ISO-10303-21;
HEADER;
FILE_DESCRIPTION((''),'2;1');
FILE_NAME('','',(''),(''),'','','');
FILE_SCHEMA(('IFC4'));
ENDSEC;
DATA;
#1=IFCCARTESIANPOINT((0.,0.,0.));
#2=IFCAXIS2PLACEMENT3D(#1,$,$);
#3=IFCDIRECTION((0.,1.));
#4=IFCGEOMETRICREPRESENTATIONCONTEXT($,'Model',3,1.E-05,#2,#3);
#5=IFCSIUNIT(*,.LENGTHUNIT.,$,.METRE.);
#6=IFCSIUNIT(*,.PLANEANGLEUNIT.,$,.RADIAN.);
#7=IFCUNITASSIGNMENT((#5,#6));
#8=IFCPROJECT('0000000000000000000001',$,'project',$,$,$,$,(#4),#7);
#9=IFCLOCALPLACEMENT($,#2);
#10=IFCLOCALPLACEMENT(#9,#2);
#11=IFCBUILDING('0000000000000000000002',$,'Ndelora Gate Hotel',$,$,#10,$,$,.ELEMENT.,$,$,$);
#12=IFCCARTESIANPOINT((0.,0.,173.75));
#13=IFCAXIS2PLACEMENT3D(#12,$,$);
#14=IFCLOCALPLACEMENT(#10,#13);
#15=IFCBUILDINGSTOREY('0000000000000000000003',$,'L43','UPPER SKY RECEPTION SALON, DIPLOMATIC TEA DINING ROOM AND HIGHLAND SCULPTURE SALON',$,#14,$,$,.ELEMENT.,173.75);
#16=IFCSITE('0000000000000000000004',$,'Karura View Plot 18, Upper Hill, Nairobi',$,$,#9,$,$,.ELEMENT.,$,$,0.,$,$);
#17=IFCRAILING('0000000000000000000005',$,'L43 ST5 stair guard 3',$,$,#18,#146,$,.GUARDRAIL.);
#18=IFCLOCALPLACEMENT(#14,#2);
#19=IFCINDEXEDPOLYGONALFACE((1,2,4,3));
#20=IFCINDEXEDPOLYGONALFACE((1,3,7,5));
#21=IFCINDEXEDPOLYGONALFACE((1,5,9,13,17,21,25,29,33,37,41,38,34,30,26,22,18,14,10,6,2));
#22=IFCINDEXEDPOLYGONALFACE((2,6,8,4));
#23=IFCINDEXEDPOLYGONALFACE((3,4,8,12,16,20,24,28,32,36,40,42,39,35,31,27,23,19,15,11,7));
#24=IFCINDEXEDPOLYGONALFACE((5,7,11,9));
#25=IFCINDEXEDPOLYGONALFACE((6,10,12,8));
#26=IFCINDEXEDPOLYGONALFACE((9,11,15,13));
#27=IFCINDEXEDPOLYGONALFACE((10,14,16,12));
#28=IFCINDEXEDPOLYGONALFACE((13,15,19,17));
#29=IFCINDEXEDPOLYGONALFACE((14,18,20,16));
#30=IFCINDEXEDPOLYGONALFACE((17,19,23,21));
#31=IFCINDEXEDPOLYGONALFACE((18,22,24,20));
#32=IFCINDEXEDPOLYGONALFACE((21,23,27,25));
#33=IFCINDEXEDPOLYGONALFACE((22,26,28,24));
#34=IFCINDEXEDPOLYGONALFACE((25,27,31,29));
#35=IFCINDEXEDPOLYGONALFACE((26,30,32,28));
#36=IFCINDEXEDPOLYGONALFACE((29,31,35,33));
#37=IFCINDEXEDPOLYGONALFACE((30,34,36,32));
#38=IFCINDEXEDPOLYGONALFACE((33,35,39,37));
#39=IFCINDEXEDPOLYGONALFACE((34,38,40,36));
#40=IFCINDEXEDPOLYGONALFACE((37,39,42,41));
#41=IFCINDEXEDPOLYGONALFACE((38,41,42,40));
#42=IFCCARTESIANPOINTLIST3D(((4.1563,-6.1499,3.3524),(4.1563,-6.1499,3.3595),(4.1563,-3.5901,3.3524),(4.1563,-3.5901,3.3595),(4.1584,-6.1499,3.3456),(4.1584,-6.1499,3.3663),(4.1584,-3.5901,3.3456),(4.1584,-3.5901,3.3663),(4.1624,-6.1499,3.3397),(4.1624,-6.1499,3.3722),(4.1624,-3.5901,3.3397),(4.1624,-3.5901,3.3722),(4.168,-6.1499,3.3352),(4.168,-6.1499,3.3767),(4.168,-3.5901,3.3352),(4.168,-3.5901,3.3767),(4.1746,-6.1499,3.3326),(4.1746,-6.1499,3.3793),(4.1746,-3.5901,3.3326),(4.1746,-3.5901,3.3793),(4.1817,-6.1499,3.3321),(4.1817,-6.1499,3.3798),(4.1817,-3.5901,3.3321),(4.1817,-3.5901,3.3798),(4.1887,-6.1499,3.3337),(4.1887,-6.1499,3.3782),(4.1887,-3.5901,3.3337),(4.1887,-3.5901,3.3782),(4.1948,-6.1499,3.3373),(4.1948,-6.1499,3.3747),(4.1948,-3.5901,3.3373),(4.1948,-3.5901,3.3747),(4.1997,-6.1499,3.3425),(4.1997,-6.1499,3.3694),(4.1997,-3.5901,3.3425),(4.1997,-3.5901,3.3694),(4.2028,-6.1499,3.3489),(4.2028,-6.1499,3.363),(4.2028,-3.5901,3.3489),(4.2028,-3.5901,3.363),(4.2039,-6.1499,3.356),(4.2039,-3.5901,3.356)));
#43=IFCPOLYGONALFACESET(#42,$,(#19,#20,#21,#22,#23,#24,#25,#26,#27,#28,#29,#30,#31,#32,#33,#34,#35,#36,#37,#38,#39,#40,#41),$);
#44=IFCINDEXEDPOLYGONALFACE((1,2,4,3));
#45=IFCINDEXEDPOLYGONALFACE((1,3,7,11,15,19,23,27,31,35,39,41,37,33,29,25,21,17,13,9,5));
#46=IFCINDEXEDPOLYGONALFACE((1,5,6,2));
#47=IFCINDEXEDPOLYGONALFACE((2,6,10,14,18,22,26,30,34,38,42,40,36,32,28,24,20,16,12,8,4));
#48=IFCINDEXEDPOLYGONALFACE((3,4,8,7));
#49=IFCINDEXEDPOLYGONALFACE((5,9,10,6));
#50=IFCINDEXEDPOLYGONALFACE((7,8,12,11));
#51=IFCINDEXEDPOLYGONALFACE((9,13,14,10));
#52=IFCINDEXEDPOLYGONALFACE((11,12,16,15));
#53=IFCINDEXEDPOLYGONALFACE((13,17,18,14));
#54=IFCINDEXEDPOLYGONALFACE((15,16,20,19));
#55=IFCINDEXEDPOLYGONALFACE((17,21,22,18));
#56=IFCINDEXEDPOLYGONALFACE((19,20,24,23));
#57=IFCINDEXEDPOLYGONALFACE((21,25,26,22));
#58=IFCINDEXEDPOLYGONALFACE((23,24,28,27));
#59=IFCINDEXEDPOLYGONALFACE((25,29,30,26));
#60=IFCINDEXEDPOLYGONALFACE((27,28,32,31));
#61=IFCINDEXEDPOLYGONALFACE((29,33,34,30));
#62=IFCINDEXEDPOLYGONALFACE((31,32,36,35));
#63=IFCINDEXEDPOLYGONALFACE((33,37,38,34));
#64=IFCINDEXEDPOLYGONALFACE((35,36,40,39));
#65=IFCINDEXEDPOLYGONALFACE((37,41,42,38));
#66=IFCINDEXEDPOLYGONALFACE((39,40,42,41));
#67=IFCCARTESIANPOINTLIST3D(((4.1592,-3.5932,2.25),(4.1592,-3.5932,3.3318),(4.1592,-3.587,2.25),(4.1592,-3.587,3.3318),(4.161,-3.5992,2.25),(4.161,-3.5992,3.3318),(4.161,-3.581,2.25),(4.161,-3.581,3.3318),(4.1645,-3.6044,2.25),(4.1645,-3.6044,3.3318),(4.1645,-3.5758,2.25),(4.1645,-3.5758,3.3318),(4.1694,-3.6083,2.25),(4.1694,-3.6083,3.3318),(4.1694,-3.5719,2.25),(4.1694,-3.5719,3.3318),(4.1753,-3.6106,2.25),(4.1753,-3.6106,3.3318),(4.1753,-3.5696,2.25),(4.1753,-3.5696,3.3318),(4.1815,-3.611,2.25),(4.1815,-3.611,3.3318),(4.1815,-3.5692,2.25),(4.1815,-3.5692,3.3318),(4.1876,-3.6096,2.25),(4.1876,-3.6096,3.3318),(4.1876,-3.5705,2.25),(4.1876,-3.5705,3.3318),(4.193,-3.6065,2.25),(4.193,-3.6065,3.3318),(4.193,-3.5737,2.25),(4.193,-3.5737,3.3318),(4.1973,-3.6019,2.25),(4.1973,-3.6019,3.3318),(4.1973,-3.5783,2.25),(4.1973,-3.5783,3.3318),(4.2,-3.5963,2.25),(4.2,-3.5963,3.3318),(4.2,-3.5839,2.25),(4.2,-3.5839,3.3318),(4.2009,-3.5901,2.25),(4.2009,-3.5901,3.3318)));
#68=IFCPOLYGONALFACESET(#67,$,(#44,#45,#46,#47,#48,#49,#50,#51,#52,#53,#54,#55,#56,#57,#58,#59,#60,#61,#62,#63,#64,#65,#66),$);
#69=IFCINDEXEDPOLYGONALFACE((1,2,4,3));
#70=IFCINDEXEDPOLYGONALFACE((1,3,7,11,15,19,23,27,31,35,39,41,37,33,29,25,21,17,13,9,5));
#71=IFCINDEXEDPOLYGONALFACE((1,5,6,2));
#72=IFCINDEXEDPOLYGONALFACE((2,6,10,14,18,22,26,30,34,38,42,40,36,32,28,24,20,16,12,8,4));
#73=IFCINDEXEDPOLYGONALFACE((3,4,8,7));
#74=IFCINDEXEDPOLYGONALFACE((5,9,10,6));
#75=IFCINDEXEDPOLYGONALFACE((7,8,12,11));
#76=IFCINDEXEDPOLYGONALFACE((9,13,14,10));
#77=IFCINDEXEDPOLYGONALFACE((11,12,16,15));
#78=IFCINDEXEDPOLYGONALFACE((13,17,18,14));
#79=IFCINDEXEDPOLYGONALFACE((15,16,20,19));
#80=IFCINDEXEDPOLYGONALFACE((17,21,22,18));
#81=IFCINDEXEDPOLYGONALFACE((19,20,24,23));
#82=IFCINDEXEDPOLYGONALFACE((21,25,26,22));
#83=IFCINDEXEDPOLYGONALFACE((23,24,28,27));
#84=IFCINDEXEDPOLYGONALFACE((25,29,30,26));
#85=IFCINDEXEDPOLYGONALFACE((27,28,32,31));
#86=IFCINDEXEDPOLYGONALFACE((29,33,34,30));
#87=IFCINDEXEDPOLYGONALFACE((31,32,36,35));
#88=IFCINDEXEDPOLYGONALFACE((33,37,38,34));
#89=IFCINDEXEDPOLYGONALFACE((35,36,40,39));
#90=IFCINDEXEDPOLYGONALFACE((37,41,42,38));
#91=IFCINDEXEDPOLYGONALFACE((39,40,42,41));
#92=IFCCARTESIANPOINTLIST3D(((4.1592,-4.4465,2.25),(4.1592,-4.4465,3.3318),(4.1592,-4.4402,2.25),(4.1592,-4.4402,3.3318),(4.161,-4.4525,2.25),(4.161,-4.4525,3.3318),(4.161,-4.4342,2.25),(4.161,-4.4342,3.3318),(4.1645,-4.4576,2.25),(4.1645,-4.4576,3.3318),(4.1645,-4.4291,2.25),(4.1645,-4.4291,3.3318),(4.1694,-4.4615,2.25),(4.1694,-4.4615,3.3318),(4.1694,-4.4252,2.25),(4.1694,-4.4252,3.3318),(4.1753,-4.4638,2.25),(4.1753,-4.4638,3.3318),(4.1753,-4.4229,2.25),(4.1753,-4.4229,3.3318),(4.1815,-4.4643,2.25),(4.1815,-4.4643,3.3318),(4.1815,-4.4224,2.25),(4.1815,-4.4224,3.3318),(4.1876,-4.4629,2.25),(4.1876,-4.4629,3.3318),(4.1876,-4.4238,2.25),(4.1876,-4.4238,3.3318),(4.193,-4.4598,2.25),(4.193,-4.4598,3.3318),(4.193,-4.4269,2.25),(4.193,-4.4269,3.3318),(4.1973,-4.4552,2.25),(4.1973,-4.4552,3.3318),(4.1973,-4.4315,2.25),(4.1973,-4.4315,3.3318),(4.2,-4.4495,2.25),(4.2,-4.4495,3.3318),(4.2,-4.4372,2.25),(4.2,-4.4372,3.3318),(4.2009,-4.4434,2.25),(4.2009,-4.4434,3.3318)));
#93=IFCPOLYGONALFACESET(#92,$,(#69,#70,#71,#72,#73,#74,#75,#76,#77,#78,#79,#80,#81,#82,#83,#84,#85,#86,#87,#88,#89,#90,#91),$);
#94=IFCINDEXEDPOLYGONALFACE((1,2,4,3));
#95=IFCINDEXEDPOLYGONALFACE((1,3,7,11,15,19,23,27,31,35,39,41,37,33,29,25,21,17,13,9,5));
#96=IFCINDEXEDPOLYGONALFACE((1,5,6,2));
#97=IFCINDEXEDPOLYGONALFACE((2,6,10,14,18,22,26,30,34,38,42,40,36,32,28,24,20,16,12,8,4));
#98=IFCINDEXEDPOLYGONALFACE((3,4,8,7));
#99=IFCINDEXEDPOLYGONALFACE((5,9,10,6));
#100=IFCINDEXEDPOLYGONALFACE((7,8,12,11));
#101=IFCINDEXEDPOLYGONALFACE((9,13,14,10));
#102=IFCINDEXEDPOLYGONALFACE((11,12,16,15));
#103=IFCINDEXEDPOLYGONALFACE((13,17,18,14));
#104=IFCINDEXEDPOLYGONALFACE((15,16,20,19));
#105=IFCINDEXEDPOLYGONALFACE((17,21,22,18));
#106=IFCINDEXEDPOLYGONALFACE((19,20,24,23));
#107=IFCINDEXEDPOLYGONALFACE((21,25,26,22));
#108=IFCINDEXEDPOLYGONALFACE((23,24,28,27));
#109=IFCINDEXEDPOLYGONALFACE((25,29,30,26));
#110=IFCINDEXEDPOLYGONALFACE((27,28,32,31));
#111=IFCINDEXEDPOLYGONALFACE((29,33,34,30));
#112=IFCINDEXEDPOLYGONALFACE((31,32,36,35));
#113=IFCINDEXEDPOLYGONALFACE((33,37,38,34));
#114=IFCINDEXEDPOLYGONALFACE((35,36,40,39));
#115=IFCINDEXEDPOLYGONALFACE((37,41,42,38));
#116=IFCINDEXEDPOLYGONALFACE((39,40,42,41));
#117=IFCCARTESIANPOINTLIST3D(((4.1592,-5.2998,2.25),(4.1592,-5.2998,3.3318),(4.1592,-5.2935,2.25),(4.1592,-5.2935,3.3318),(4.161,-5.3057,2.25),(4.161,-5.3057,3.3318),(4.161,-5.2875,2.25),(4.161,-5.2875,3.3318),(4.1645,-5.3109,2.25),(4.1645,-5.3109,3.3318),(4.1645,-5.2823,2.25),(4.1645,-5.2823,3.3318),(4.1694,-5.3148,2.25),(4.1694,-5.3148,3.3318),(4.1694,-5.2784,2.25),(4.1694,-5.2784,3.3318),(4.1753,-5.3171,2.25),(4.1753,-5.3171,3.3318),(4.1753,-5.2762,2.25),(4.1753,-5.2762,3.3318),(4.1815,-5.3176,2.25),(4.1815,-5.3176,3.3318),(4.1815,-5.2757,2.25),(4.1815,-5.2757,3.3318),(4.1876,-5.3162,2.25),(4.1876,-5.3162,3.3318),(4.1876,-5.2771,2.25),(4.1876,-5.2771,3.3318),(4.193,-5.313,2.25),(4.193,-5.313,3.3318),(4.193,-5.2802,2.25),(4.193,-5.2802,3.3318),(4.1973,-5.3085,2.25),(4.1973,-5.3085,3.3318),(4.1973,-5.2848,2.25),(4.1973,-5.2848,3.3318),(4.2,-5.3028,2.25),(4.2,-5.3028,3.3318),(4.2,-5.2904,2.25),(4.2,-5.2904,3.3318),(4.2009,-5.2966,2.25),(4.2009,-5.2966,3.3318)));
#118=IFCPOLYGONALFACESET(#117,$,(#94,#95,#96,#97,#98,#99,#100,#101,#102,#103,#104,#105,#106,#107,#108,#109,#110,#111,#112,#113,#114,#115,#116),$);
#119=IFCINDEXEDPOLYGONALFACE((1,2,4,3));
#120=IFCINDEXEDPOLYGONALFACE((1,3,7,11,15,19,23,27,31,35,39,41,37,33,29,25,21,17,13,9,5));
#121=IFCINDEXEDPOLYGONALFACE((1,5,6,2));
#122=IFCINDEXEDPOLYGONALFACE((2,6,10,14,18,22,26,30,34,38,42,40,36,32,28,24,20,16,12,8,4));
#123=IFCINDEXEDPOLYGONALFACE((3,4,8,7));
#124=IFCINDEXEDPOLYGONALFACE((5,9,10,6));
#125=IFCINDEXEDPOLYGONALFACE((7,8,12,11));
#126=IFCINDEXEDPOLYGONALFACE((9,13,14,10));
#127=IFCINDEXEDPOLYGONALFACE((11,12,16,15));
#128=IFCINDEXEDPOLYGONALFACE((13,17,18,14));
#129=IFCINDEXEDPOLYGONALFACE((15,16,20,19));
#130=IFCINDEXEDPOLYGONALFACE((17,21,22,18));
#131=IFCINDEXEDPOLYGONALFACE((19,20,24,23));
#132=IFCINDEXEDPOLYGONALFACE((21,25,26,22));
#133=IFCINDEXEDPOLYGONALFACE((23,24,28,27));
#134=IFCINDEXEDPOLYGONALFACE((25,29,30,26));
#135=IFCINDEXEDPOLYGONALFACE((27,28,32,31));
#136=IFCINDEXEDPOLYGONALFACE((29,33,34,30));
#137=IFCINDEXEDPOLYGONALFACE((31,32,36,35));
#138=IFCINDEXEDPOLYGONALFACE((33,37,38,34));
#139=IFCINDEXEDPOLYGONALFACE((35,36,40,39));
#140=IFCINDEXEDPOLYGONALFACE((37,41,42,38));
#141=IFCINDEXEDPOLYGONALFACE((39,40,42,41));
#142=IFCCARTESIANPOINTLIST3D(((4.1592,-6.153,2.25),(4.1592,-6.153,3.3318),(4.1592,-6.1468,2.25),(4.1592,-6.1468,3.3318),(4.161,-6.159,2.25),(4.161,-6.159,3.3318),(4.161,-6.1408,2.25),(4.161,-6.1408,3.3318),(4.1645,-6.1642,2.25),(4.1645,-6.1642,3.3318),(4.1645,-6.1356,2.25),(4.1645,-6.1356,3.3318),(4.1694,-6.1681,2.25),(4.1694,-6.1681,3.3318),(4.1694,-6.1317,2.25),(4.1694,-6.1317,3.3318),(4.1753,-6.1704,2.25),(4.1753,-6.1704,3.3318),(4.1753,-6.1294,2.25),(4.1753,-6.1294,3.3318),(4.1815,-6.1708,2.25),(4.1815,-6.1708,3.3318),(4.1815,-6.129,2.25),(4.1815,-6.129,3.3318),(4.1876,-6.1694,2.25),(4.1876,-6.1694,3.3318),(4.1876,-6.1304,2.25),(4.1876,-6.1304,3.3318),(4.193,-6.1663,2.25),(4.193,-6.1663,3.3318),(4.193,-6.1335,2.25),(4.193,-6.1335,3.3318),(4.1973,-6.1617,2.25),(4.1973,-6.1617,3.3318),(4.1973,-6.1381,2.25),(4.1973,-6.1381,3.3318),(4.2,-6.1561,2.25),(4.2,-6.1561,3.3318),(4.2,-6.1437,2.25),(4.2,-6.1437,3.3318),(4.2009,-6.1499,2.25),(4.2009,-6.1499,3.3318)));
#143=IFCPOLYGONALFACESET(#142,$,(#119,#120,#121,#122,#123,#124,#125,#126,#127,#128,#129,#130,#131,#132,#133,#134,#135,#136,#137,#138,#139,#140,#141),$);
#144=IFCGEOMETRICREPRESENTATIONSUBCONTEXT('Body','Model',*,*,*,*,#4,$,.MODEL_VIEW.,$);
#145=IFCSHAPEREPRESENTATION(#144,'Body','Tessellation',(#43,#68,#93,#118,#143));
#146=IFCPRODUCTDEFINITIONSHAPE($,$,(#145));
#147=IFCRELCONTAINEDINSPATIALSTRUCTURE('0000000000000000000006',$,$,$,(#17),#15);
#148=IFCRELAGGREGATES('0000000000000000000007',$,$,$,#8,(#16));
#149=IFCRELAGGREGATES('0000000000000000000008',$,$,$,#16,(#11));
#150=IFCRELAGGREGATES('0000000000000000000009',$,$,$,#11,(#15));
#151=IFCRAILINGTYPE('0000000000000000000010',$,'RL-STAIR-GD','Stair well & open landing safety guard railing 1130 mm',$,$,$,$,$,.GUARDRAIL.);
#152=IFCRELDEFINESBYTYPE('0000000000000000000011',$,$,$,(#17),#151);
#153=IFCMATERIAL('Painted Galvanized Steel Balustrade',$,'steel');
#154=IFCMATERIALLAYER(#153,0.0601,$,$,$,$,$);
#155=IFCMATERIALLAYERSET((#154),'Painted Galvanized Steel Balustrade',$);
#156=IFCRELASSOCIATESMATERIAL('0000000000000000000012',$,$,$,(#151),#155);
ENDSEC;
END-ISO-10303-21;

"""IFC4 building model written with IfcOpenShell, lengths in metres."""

from ifc_helpers import new_model, si_unit, direction, frame, origin, origin_2d, place, context, subcontext, project, spatial, circle, extrude, material, layer, layer_set, type_object, element, save


model = new_model("IFC4")

# Units and contexts
model_context = context("Model", 3, precision=1e-05, world=origin(), true_north=direction((0.0, 1.0)))
body_context = subcontext(model_context, "Body", "Model", "MODEL_VIEW")
ifc_project = project(units=[si_unit("LENGTHUNIT", "METRE"), si_unit("PLANEANGLEUNIT", "RADIAN")], contexts=[model_context])

# Site, building, storey
site_placement = place(None, origin())
site = spatial("IfcSite", under=ifc_project, at=site_placement, Name="Karura View Plot 18, Upper Hill, Nairobi", CompositionType="ELEMENT", RefElevation=0.0)
building_placement = place(site_placement, origin())
building = spatial("IfcBuilding", under=site, at=building_placement, Name="Ndelora Gate Hotel", CompositionType="ELEMENT")
storey_placement = place(building_placement, frame((0.0, 0.0, 173.75)))
storey = spatial("IfcBuildingStorey", under=building, at=storey_placement, Name="L43", Description="UPPER SKY RECEPTION SALON, DIPLOMATIC TEA DINING ROOM AND HIGHLAND SCULPTURE SALON", CompositionType="ELEMENT", Elevation=173.75)

# Railing
ifc_material_1 = material(Name="Painted Galvanized Steel Balustrade", Category="steel")
ifc_layer_1 = layer(ifc_material_1, 0.0601)
ifc_layer_set_1 = layer_set([ifc_layer_1], Name="Painted Galvanized Steel Balustrade")
railing_type_1 = type_object("IfcRailingType", Name="RL-STAIR-GD", Description="Stair well & open landing safety guard railing 1130 mm", PredefinedType="GUARDRAIL", material=ifc_layer_set_1)
for number, where, name in (
    (1, (4.1799, -3.5901, 2.25), "L43 ST5 stair guard 3"),
):
    element("IfcRailing", number, at=place(storey_placement, frame(where)), inside=storey, type_object=railing_type_1, Name=name, PredefinedType="GUARDRAIL", context=body_context, shape_type="SweptSolid", body=[
        extrude(circle(Radius=0.0239, at=origin_2d()), frame((0.0, 0.0, 1.106), z_axis=(0.0, -1.0, 0.0), x_axis=(1.0, 0.0, 0.0)), (0.0, 0.0, 1.0), 2.5598),
        extrude(circle(Radius=0.021, at=origin_2d()), origin(), (0.0, 0.0, 1.0), 1.0818),
        extrude(circle(Radius=0.021, at=origin_2d()), frame((0.0, -0.8533, 0.0)), (0.0, 0.0, 1.0), 1.0818),
        extrude(circle(Radius=0.021, at=origin_2d()), frame((0.0, -1.7065, 0.0)), (0.0, 0.0, 1.0), 1.0818),
        extrude(circle(Radius=0.021, at=origin_2d()), frame((0.0, -2.5598, 0.0)), (0.0, 0.0, 1.0), 1.0818),
    ])

save(model, "model.ifc")
